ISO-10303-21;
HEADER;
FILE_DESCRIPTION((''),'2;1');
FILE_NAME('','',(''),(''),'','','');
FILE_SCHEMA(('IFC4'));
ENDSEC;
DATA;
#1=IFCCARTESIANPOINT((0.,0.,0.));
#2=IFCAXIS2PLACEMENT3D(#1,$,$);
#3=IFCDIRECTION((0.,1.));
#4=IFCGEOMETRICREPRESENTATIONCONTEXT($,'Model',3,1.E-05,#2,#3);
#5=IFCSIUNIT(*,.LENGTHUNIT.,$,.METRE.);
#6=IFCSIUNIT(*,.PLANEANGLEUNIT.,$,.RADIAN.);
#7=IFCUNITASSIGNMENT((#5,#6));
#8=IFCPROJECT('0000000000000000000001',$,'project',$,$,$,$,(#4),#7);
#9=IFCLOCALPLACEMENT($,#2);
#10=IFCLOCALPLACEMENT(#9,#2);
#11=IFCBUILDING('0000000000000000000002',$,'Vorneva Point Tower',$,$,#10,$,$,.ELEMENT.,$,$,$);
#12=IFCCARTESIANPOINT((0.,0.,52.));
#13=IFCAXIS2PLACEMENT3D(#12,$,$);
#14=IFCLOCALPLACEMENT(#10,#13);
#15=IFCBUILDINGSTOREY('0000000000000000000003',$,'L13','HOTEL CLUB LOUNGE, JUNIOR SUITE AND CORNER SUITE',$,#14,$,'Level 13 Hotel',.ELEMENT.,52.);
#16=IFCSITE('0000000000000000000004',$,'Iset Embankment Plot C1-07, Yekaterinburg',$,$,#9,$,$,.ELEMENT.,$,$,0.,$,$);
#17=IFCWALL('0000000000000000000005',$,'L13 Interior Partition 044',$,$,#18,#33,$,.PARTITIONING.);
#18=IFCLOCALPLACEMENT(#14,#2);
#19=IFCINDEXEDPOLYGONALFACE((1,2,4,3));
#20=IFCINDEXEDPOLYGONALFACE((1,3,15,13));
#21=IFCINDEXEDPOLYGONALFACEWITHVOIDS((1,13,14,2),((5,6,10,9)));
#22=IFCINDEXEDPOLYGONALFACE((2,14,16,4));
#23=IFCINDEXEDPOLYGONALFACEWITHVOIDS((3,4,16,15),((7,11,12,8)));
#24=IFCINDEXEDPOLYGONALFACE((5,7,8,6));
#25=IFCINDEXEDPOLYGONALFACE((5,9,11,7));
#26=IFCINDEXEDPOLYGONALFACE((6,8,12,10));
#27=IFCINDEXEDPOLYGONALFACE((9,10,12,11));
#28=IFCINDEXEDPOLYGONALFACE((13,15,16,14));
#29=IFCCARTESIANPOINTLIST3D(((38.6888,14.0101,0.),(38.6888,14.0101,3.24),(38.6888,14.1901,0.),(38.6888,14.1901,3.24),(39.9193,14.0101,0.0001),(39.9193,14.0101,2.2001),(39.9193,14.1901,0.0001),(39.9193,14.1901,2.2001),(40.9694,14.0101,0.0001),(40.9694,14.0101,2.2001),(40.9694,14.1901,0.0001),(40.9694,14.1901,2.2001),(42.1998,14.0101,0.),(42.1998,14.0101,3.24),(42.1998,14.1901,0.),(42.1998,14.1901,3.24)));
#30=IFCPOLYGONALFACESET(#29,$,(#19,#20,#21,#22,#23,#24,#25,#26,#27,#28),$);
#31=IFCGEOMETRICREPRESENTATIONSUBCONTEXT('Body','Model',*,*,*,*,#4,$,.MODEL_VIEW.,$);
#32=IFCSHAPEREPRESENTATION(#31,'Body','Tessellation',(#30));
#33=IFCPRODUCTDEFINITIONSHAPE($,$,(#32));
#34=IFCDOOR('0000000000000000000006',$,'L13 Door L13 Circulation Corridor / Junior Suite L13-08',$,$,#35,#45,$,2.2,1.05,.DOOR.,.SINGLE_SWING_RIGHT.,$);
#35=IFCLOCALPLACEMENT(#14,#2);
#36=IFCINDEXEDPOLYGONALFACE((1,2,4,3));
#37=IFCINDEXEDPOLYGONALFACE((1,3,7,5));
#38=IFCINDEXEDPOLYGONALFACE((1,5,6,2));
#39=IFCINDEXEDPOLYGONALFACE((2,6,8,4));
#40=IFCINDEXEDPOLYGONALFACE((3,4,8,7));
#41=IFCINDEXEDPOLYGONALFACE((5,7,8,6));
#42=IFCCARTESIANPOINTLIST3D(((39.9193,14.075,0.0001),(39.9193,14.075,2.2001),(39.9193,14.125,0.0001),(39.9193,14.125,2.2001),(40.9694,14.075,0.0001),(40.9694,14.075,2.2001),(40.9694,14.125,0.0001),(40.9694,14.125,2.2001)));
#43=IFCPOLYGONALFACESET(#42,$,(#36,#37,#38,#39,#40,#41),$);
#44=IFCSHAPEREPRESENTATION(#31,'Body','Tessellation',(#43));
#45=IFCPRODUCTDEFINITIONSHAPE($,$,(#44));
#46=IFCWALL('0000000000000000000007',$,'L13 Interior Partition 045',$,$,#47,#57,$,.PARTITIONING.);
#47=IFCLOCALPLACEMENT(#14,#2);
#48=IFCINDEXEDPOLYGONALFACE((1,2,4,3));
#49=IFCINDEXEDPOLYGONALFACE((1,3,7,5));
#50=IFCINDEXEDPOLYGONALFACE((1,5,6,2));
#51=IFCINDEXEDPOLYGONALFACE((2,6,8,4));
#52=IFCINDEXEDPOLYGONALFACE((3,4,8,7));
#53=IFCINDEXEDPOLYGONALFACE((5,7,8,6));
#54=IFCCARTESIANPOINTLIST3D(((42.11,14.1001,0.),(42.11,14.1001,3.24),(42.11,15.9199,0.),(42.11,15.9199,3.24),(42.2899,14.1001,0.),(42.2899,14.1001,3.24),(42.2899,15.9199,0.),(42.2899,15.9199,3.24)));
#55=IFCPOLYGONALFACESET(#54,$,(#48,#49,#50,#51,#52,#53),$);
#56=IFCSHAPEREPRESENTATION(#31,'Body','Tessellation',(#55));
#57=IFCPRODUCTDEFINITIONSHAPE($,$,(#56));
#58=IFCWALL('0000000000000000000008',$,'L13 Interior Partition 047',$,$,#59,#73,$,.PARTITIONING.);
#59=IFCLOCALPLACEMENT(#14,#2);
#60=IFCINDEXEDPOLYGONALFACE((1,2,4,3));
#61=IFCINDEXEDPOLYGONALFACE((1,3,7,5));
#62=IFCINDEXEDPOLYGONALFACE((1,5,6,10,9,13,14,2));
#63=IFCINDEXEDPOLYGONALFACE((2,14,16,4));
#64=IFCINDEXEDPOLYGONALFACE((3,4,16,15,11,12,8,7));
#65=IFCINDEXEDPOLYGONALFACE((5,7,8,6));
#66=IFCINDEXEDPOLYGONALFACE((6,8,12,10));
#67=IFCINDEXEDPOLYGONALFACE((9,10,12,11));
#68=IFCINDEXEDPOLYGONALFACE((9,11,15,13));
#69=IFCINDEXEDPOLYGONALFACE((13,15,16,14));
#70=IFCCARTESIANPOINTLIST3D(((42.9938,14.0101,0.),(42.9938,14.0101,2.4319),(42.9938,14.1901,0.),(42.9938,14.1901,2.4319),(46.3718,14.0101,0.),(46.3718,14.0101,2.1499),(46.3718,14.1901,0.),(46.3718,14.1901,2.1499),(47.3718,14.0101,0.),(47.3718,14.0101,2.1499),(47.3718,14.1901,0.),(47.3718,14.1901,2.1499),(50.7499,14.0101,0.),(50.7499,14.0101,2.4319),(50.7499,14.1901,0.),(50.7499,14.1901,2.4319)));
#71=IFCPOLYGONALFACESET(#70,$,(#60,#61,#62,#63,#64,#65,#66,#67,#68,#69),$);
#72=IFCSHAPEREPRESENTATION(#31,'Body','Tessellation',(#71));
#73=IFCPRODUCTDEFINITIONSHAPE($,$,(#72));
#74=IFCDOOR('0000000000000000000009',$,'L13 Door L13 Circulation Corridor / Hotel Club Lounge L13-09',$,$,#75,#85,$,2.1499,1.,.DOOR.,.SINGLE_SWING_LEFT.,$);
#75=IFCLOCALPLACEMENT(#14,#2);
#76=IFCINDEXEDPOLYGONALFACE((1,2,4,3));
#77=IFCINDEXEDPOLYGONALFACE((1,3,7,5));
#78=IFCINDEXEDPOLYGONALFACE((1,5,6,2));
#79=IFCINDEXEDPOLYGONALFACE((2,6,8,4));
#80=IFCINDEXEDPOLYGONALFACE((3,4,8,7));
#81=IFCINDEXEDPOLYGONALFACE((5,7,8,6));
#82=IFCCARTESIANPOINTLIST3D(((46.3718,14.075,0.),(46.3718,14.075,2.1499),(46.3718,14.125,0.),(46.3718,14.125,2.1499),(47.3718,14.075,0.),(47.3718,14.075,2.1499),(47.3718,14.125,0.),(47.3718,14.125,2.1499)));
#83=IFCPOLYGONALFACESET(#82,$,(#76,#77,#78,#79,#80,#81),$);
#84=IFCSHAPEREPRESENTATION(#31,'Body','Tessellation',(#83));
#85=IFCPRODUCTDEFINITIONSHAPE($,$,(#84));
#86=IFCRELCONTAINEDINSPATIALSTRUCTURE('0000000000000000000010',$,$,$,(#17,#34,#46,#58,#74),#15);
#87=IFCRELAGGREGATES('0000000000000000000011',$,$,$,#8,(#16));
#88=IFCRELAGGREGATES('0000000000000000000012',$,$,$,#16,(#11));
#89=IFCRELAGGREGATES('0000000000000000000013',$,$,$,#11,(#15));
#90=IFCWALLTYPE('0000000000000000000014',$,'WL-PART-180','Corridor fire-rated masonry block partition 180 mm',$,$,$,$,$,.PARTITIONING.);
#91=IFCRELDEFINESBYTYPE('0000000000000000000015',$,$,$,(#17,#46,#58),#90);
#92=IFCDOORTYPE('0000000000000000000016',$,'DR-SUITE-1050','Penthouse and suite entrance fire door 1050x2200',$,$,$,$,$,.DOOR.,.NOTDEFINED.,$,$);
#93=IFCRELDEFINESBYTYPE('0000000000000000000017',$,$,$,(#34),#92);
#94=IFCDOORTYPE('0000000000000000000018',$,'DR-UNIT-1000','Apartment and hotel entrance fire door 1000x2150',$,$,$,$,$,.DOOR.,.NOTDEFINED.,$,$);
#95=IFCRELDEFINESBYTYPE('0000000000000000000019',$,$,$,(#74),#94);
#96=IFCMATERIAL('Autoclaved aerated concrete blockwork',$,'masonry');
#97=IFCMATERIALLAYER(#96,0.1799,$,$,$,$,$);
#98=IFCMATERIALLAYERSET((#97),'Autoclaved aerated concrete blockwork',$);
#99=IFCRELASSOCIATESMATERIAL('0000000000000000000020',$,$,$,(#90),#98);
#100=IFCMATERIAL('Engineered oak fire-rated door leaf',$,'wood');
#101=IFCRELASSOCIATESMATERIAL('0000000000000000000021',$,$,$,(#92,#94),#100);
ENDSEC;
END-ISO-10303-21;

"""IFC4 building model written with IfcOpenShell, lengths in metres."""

from ifc_helpers import new_model, si_unit, direction, frame, frame_2d, origin, place, context, subcontext, project, spatial, rectangle, extrude, material, layer, layer_set, type_object, element, fill, save


model = new_model("IFC4")

# Units and contexts
model_context = context("Model", 3, precision=1e-05, world=origin(), true_north=direction((0.0, 1.0)))
body_context = subcontext(model_context, "Body", "Model", "MODEL_VIEW")
ifc_project = project(units=[si_unit("LENGTHUNIT", "METRE"), si_unit("PLANEANGLEUNIT", "RADIAN")], contexts=[model_context])

# Site, building, storey
site_placement = place(None, origin())
site = spatial("IfcSite", under=ifc_project, at=site_placement, Name="Iset Embankment Plot C1-07, Yekaterinburg", CompositionType="ELEMENT", RefElevation=0.0)
building_placement = place(site_placement, origin())
building = spatial("IfcBuilding", under=site, at=building_placement, Name="Vorneva Point Tower", CompositionType="ELEMENT")
storey_placement = place(building_placement, frame((0.0, 0.0, 52.0)))
storey = spatial("IfcBuildingStorey", under=building, at=storey_placement, Name="L13", Description="HOTEL CLUB LOUNGE, JUNIOR SUITE AND CORNER SUITE", LongName="Level 13 Hotel", CompositionType="ELEMENT", Elevation=52.0)

# Shared definitions
ifc_material_1 = material(Name="Engineered oak fire-rated door leaf", Category="wood")

# Shared definitions
ifc_material_2 = material(Name="Autoclaved aerated concrete blockwork", Category="masonry")
ifc_layer_1 = layer(ifc_material_2, 0.1799)
ifc_layer_set_1 = layer_set([ifc_layer_1], Name="Autoclaved aerated concrete blockwork")
wall_type_1 = type_object("IfcWallType", Name="WL-PART-180", Description="Corridor fire-rated masonry block partition 180 mm", PredefinedType="PARTITIONING", material=ifc_layer_set_1)

# Wall, opening, door
wall_1_placement = place(storey_placement, frame((38.689, 14.1001, 0.0), z_axis=(0.0, 0.0, 1.0), x_axis=(1.0, 0.0, 0.0)))
wall_1 = element("IfcWall", 1, at=wall_1_placement, inside=storey, type_object=wall_type_1, Name="L13 Interior Partition 044", PredefinedType="PARTITIONING", context=body_context, shape_type="SweptSolid", body=[
    extrude(rectangle(XDim=3.511, YDim=0.1799, at=frame_2d((1.7554, 0.0))), origin(), (0.0, 0.0, 1.0), 3.24),
])
opening_1_placement = place(wall_1_placement, frame((1.2305, 0.0, 0.0)))
opening_1 = element("IfcOpeningElement", 2, at=opening_1_placement, cuts=wall_1, PredefinedType="OPENING", context=body_context, shape_type="SweptSolid", body=[
    extrude(rectangle(XDim=1.05, YDim=2.2, at=frame_2d((0.5249, 1.1001))), frame((0.0, 0.105, 0.0), z_axis=(0.0, -1.0, 0.0), x_axis=(1.0, 0.0, 0.0)), (0.0, 0.0, 1.0), 0.2097),
])
door_type_1 = type_object("IfcDoorType", Name="DR-SUITE-1050", Description="Penthouse and suite entrance fire door 1050x2200", OperationType="NOTDEFINED", PredefinedType="DOOR", material=ifc_material_1)
door_1_placement = place(opening_1_placement, origin())
door_1 = element("IfcDoor", 3, at=door_1_placement, inside=storey, type_object=door_type_1, Name="L13 Door L13 Circulation Corridor / Junior Suite L13-08", OperationType="SINGLE_SWING_RIGHT", OverallHeight=2.2, OverallWidth=1.05, PredefinedType="DOOR", context=body_context, shape_type="SweptSolid", body=[
    extrude(rectangle(XDim=1.05, YDim=2.2, at=frame_2d((0.5249, 1.1001))), frame((0.0, 0.0249, 0.0), z_axis=(0.0, -1.0, 0.0), x_axis=(1.0, 0.0, 0.0)), (0.0, 0.0, 1.0), 0.05),
])
fill(opening_1, door_1)

# Wall
wall_2_placement = place(storey_placement, frame((42.2, 14.1001, 0.0), z_axis=(0.0, 0.0, 1.0), x_axis=(0.0, 1.0, 0.0)))
element("IfcWall", 4, at=wall_2_placement, inside=storey, type_object=wall_type_1, Name="L13 Interior Partition 045", PredefinedType="PARTITIONING", context=body_context, shape_type="SweptSolid", body=[
    extrude(rectangle(XDim=1.8198, YDim=0.1799, at=frame_2d((0.9099, 0.0))), origin(), (0.0, 0.0, 1.0), 3.24),
])

# Wall, opening, door
wall_3_placement = place(storey_placement, frame((42.9939, 14.1001, 0.0), z_axis=(0.0, 0.0, 1.0), x_axis=(1.0, 0.0, 0.0)))
wall_3 = element("IfcWall", 5, at=wall_3_placement, inside=storey, type_object=wall_type_1, Name="L13 Interior Partition 047", PredefinedType="PARTITIONING", context=body_context, shape_type="SweptSolid", body=[
    extrude(rectangle(XDim=7.7561, YDim=0.1799, at=frame_2d((3.8779, 0.0))), origin(), (0.0, 0.0, 1.0), 2.4319),
])
opening_2_placement = place(wall_3_placement, frame((3.3779, 0.0, 0.0)))
opening_2 = element("IfcOpeningElement", 6, at=opening_2_placement, cuts=wall_3, PredefinedType="OPENING", context=body_context, shape_type="SweptSolid", body=[
    extrude(rectangle(XDim=1.0, YDim=2.1499, at=frame_2d((0.5, 1.075))), frame((0.0, 0.105, 0.0), z_axis=(0.0, -1.0, 0.0), x_axis=(1.0, 0.0, 0.0)), (0.0, 0.0, 1.0), 0.2097),
])
door_type_2 = type_object("IfcDoorType", Name="DR-UNIT-1000", Description="Apartment and hotel entrance fire door 1000x2150", OperationType="NOTDEFINED", PredefinedType="DOOR", material=ifc_material_1)
door_2_placement = place(opening_2_placement, origin())
door_2 = element("IfcDoor", 7, at=door_2_placement, inside=storey, type_object=door_type_2, Name="L13 Door L13 Circulation Corridor / Hotel Club Lounge L13-09", OperationType="SINGLE_SWING_LEFT", OverallHeight=2.1499, OverallWidth=1.0, PredefinedType="DOOR", context=body_context, shape_type="SweptSolid", body=[
    extrude(rectangle(XDim=1.0, YDim=2.1499, at=frame_2d((0.5, 1.075))), frame((0.0, 0.0249, 0.0), z_axis=(0.0, -1.0, 0.0), x_axis=(1.0, 0.0, 0.0)), (0.0, 0.0, 1.0), 0.05),
])
fill(opening_2, door_2)

save(model, "model.ifc")
